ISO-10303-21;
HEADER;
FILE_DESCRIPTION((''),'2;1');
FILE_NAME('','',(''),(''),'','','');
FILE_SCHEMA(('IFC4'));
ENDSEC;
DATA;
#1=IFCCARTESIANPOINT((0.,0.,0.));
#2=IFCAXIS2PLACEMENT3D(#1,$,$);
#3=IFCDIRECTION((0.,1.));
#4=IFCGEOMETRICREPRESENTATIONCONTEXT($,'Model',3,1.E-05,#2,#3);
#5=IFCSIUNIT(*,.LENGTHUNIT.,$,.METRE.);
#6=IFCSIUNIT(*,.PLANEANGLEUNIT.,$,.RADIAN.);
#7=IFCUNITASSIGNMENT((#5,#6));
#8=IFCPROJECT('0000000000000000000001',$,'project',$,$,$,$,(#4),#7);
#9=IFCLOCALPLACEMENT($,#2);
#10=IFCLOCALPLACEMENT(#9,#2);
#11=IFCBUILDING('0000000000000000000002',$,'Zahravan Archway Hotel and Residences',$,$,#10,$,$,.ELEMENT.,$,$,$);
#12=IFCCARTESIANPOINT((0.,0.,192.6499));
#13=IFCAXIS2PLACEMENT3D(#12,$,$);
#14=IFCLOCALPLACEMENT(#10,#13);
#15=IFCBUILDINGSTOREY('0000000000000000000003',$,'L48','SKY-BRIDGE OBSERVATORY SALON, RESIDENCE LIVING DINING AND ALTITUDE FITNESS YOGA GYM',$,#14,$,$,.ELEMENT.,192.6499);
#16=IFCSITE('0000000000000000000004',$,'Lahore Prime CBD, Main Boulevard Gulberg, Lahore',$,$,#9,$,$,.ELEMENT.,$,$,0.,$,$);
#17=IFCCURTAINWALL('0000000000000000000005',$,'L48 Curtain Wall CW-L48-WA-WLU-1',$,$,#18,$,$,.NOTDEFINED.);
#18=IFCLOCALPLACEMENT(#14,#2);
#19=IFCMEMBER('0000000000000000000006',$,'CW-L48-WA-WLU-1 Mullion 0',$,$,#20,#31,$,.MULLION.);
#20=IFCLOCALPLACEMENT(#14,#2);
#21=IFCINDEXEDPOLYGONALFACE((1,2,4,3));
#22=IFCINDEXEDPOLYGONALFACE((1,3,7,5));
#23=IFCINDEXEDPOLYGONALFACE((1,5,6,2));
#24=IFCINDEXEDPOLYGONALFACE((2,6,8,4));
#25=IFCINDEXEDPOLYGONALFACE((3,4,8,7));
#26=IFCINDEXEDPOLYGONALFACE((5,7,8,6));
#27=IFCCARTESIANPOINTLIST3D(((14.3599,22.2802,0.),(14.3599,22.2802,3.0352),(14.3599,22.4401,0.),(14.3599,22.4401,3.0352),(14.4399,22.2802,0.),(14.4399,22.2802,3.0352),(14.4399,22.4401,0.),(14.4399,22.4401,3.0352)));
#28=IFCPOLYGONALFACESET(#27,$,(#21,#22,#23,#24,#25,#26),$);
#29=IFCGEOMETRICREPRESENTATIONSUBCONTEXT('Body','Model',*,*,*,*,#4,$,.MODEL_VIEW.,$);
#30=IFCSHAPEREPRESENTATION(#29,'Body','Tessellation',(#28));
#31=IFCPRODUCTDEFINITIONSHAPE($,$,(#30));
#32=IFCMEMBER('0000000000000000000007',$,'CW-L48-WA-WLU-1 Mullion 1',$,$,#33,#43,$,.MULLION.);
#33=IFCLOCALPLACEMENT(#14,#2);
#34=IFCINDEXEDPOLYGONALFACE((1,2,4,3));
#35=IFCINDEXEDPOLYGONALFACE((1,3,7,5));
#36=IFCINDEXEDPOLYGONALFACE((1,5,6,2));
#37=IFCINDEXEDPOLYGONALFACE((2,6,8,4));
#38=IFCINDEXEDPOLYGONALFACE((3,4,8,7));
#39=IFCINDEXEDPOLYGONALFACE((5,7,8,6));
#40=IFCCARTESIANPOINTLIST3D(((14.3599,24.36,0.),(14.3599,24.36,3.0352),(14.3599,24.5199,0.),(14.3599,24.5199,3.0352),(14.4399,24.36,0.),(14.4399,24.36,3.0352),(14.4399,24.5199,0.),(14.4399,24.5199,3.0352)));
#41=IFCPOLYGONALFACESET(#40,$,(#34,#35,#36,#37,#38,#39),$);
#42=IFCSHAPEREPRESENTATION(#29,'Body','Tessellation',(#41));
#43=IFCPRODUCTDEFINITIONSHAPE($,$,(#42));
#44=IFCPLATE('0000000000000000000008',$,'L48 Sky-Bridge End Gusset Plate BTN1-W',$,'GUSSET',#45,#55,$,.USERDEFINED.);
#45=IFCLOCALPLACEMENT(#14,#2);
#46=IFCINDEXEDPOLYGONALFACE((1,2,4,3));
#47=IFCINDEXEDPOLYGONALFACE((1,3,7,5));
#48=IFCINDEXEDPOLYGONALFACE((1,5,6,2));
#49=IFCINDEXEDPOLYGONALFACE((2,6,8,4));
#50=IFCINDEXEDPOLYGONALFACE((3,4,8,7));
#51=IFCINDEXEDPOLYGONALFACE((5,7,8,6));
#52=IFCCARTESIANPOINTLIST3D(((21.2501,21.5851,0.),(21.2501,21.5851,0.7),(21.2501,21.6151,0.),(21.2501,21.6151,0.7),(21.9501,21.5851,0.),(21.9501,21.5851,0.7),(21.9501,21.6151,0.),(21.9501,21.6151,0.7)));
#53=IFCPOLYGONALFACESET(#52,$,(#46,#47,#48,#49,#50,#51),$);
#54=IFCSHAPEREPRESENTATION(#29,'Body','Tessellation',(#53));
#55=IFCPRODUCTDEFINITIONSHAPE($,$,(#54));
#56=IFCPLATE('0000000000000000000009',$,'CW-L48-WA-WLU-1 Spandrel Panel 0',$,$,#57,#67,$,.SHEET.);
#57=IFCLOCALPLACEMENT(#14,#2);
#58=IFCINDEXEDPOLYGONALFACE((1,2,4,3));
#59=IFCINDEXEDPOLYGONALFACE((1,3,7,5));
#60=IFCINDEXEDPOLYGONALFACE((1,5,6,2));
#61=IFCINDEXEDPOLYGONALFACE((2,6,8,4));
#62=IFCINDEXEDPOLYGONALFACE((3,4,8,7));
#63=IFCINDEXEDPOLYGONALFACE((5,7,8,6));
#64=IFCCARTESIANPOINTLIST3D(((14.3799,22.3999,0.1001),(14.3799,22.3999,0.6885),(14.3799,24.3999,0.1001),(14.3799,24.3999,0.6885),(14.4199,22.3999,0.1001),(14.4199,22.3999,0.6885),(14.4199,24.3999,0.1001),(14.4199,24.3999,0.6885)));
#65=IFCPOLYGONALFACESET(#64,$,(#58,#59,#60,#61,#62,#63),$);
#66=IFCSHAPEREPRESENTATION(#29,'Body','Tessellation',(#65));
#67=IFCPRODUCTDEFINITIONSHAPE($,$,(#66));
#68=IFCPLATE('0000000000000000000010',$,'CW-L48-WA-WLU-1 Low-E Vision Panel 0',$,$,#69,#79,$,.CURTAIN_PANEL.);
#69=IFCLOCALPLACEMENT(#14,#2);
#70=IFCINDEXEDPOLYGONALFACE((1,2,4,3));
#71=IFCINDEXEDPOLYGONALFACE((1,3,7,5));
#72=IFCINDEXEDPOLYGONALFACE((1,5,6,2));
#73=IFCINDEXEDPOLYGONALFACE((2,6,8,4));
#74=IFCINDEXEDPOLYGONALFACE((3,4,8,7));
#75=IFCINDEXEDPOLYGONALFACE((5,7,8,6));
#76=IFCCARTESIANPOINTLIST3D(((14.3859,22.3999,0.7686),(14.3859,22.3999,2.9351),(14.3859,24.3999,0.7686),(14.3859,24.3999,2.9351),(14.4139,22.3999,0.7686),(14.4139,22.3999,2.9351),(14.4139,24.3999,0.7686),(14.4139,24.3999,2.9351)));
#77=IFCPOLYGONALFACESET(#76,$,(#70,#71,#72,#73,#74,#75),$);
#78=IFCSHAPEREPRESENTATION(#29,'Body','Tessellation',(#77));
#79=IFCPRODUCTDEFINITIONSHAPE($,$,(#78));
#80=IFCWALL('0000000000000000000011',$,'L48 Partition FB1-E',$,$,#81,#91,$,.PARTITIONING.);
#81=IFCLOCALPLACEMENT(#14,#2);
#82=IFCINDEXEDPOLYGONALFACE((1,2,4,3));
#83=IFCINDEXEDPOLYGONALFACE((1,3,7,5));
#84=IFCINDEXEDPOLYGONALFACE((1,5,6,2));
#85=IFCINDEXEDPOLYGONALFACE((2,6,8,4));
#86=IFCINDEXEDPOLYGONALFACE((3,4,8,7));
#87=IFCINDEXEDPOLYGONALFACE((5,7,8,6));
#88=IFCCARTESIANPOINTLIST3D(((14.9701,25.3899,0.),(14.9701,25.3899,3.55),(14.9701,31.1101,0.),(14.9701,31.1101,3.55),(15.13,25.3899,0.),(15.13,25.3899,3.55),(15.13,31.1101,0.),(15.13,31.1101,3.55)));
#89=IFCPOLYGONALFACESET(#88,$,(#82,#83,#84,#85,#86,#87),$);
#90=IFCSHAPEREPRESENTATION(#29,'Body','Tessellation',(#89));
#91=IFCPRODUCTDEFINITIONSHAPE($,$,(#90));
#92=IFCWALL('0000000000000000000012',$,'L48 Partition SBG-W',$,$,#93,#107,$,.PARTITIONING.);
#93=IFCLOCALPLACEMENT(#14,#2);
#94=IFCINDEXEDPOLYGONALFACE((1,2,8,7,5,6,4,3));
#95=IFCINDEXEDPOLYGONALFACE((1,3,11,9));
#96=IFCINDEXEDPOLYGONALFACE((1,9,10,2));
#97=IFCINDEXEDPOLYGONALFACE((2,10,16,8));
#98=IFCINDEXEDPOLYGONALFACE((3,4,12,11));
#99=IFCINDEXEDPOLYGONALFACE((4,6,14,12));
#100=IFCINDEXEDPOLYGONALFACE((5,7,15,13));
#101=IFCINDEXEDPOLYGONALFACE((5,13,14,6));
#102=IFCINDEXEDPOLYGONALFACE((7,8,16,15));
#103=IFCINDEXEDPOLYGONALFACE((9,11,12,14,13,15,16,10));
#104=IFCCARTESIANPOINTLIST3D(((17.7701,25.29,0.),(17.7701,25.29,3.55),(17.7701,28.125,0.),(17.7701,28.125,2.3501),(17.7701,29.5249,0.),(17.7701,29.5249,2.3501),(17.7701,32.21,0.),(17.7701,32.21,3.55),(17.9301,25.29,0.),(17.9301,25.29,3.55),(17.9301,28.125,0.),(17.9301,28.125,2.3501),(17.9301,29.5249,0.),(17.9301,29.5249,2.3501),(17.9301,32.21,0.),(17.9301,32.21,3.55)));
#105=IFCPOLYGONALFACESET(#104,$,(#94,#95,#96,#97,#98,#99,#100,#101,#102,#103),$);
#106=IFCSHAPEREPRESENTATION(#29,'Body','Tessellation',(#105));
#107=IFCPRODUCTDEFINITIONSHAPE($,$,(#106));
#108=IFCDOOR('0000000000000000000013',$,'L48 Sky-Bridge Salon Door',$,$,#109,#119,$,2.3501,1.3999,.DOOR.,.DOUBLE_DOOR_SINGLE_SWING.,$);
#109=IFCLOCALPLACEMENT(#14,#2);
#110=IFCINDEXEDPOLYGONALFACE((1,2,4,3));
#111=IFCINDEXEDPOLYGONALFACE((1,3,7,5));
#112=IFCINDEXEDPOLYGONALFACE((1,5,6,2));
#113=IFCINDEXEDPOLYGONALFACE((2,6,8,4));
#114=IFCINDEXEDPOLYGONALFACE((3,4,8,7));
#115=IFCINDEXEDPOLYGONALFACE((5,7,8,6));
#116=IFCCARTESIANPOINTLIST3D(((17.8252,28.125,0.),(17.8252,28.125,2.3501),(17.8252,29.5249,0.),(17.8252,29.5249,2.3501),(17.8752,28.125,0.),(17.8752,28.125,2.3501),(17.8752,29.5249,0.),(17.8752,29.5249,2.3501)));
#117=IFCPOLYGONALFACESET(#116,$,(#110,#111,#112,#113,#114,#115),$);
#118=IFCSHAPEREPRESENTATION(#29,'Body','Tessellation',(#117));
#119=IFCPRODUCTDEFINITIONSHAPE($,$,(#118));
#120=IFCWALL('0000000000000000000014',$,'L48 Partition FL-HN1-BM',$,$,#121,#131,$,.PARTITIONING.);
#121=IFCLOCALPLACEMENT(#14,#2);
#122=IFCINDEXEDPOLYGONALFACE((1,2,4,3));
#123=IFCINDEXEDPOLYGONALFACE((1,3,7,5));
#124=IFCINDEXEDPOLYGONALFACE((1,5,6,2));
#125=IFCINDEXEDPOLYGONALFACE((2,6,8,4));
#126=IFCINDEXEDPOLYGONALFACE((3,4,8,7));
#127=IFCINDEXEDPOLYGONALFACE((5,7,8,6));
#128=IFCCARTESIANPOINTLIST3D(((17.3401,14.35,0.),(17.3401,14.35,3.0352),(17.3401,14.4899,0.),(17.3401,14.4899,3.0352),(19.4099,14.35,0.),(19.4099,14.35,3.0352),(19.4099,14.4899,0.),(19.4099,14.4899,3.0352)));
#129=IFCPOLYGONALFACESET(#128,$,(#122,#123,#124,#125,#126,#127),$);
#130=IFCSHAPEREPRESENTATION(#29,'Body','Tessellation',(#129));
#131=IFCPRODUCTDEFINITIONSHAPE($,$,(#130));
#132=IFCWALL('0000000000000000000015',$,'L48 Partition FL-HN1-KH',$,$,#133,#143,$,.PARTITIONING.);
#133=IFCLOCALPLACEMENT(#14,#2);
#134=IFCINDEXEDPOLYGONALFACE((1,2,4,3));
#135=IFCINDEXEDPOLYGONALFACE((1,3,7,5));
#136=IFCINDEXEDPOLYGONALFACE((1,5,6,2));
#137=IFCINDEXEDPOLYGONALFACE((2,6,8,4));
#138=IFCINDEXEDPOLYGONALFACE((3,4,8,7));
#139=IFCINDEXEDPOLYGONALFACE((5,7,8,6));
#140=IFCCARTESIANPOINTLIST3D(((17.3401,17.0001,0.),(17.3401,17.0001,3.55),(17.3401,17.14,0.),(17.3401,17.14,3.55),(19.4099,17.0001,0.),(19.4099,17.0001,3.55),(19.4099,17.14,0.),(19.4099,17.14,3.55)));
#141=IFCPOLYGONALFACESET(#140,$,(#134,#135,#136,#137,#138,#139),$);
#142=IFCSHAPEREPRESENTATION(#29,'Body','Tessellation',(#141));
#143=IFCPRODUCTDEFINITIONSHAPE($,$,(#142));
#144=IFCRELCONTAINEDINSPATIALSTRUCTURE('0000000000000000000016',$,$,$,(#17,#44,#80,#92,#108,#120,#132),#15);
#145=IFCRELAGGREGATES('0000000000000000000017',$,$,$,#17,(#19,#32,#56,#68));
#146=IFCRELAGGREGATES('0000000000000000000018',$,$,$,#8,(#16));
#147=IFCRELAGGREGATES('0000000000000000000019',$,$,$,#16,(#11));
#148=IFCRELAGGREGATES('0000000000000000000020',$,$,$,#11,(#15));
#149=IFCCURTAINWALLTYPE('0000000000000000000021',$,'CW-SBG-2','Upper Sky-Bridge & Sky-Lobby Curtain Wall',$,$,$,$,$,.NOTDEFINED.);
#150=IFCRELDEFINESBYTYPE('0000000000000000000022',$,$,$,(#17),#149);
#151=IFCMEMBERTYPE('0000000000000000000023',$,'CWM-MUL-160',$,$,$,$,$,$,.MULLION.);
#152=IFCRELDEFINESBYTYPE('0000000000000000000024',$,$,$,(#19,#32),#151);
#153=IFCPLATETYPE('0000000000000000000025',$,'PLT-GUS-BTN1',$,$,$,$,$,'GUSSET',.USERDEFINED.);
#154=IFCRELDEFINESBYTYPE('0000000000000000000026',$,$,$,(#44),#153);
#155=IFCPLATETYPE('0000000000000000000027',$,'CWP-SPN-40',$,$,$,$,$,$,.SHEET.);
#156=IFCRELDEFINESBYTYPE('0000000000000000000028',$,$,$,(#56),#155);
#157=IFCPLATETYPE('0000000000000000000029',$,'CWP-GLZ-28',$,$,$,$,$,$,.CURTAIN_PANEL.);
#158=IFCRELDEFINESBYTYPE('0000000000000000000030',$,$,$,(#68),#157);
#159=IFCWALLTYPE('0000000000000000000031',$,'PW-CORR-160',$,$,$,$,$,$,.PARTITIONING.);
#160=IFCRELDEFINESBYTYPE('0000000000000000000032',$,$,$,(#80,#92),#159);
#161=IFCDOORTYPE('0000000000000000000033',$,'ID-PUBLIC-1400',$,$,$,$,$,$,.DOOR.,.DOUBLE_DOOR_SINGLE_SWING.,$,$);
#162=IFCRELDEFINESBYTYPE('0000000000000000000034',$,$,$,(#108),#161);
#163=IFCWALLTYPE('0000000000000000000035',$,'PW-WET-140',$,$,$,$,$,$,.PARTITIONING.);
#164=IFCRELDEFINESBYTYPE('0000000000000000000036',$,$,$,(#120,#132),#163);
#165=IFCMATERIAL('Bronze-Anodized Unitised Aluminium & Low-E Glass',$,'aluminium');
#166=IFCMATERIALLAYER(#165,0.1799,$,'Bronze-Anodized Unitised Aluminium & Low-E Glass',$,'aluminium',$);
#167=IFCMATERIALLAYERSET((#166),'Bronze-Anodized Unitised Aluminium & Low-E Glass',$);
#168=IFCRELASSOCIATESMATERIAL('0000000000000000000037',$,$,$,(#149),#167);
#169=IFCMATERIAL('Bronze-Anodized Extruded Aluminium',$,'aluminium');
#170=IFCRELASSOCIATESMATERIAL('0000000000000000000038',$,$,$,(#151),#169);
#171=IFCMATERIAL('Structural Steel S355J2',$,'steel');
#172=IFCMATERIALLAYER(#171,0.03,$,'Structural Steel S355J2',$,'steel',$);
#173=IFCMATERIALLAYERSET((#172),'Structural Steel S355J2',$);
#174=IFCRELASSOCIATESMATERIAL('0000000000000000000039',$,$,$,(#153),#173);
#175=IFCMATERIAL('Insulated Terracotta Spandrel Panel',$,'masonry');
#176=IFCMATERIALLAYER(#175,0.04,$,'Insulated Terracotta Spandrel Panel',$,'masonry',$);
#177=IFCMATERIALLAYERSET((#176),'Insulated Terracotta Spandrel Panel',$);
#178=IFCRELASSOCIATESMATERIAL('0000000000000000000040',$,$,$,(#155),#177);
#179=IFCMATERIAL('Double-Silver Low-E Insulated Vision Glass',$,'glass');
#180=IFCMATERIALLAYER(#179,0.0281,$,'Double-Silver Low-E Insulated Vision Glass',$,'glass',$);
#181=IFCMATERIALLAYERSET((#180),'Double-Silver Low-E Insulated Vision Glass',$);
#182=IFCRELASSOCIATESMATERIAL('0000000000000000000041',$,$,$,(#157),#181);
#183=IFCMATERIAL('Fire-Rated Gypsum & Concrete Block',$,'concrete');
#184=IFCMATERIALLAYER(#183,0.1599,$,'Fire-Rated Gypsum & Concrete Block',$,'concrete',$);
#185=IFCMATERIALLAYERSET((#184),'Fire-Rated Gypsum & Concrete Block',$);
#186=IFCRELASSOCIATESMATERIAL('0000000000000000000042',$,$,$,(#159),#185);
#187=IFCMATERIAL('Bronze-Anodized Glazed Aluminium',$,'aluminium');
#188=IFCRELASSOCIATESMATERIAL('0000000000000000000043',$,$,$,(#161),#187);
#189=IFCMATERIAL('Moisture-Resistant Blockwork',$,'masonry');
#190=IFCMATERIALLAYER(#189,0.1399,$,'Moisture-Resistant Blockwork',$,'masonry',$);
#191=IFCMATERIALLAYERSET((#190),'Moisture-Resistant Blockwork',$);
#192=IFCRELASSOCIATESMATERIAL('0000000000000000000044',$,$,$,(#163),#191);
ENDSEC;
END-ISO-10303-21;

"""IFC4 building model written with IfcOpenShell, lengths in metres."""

from ifc_helpers import new_model, si_unit, direction, frame, frame_2d, origin, origin_2d, place, context, subcontext, project, spatial, rectangle, extrude, source, transform, mapped, material, layer, layer_set, material_profile, profile_set, type_object, type_shapes, element, fill, aggregate, save


model = new_model("IFC4")

# Units and contexts
model_context = context("Model", 3, precision=1e-05, world=origin(), true_north=direction((0.0, 1.0)))
body_context = subcontext(model_context, "Body", "Model", "MODEL_VIEW")
ifc_project = project(units=[si_unit("LENGTHUNIT", "METRE"), si_unit("PLANEANGLEUNIT", "RADIAN")], contexts=[model_context])

# Site, building, storey
site_placement = place(None, origin())
site = spatial("IfcSite", under=ifc_project, at=site_placement, Name="Lahore Prime CBD, Main Boulevard Gulberg, Lahore", CompositionType="ELEMENT", RefElevation=0.0)
building_placement = place(site_placement, origin())
building = spatial("IfcBuilding", under=site, at=building_placement, Name="Zahravan Archway Hotel and Residences", CompositionType="ELEMENT")
storey_placement = place(building_placement, frame((0.0, 0.0, 192.6499)))
storey = spatial("IfcBuildingStorey", under=building, at=storey_placement, Name="L48", Description="SKY-BRIDGE OBSERVATORY SALON, RESIDENCE LIVING DINING AND ALTITUDE FITNESS YOGA GYM", CompositionType="ELEMENT", Elevation=192.6499)

# Shared definitions
ifc_material_1 = material(Name="Structural Steel S355J2", Category="steel")

# Curtain wall, members
ifc_material_2 = material(Name="Bronze-Anodized Unitised Aluminium & Low-E Glass", Category="aluminium")
ifc_layer_1 = layer(ifc_material_2, 0.1799, Name="Bronze-Anodized Unitised Aluminium & Low-E Glass", Category="aluminium")
ifc_layer_set_1 = layer_set([ifc_layer_1], Name="Bronze-Anodized Unitised Aluminium & Low-E Glass")
curtain_wall_type = type_object("IfcCurtainWallType", Name="CW-SBG-2", Description="Upper Sky-Bridge & Sky-Lobby Curtain Wall", PredefinedType="NOTDEFINED", material=ifc_layer_set_1)
curtain_wall_placement = place(storey_placement, origin())
curtain_wall = element("IfcCurtainWall", 1, at=curtain_wall_placement, inside=storey, type_object=curtain_wall_type, Name="L48 Curtain Wall CW-L48-WA-WLU-1", PredefinedType="NOTDEFINED")
ifc_material_3 = material(Name="Bronze-Anodized Extruded Aluminium", Category="aluminium")
ifc_material_profile_1 = material_profile(ifc_material_3, rectangle(XDim=0.0801, YDim=0.1599, at=origin_2d()), Name="MUL 80x160", Category="aluminium")
ifc_profile_set_1 = profile_set([ifc_material_profile_1], Name="Bronze-Anodized Extruded Aluminium")
member_type_1 = type_object("IfcMemberType", Name="CWM-MUL-160", PredefinedType="MULLION", material=ifc_profile_set_1)
shared_shape_1 = source(origin(), body_context, "Body", "SweptSolid", [
    extrude(rectangle(XDim=0.0801, YDim=0.1599, at=origin_2d()), origin(), (0.0, 0.0, 1.0), 3.0352),
])
member_1_placement = place(storey_placement, frame((14.3999, 22.3601, 0.0), z_axis=(0.0, 0.0, 1.0), x_axis=(1.0, 0.0, 0.0)))
member_1 = element("IfcMember", 2, at=member_1_placement, type_object=member_type_1, Name="CW-L48-WA-WLU-1 Mullion 0", PredefinedType="MULLION", context=body_context, shape_type="MappedRepresentation", body=[
    mapped(shared_shape_1, transform((0.0, 0.0, 0.0), scale=1.0)),
])
member_2_placement = place(storey_placement, frame((14.3999, 24.4399, 0.0), z_axis=(0.0, 0.0, 1.0), x_axis=(1.0, 0.0, 0.0)))
member_2 = element("IfcMember", 3, at=member_2_placement, type_object=member_type_1, Name="CW-L48-WA-WLU-1 Mullion 1", PredefinedType="MULLION", context=body_context, shape_type="MappedRepresentation", body=[
    mapped(shared_shape_1, transform((0.0, 0.0, 0.0), scale=1.0)),
])

# Plates
ifc_layer_2 = layer(ifc_material_1, 0.03, Name="Structural Steel S355J2", Category="steel")
ifc_layer_set_2 = layer_set([ifc_layer_2], Name="Structural Steel S355J2")
plate_type_1 = type_object("IfcPlateType", Name="PLT-GUS-BTN1", ElementType="GUSSET", PredefinedType="USERDEFINED", material=ifc_layer_set_2)
shared_shape_2 = source(origin(), body_context, "Body", "SweptSolid", [
    extrude(rectangle(XDim=0.7, YDim=0.03, at=origin_2d()), origin(), (0.0, 0.0, 1.0), 0.7),
])
type_shapes(plate_type_1, [shared_shape_2])
plate_1_placement = place(storey_placement, frame((21.6001, 21.6001, 0.0), z_axis=(0.0, 0.0, 1.0), x_axis=(1.0, 0.0, 0.0)))
element("IfcPlate", 4, at=plate_1_placement, inside=storey, type_object=plate_type_1, Name="L48 Sky-Bridge End Gusset Plate BTN1-W", ObjectType="GUSSET", PredefinedType="USERDEFINED", context=body_context, shape_type="MappedRepresentation", body=[
    mapped(shared_shape_2, transform((0.0, 0.0, 0.0), scale=1.0)),
])
ifc_material_4 = material(Name="Insulated Terracotta Spandrel Panel", Category="masonry")
ifc_layer_3 = layer(ifc_material_4, 0.04, Name="Insulated Terracotta Spandrel Panel", Category="masonry")
ifc_layer_set_3 = layer_set([ifc_layer_3], Name="Insulated Terracotta Spandrel Panel")
plate_type_2 = type_object("IfcPlateType", Name="CWP-SPN-40", PredefinedType="SHEET", material=ifc_layer_set_3)
shared_shape_3 = source(origin(), body_context, "Body", "SweptSolid", [
    extrude(rectangle(XDim=2.0, YDim=0.04, at=origin_2d()), origin(), (0.0, 0.0, 1.0), 0.5884),
])
plate_2_placement = place(storey_placement, frame((14.3999, 23.3999, 0.1001), z_axis=(0.0, 0.0, 1.0), x_axis=(0.0, 1.0, 0.0)))
plate_2 = element("IfcPlate", 5, at=plate_2_placement, type_object=plate_type_2, Name="CW-L48-WA-WLU-1 Spandrel Panel 0", PredefinedType="SHEET", context=body_context, shape_type="MappedRepresentation", body=[
    mapped(shared_shape_3, transform((0.0, 0.0, 0.0), scale=1.0)),
])
ifc_material_5 = material(Name="Double-Silver Low-E Insulated Vision Glass", Category="glass")
ifc_layer_4 = layer(ifc_material_5, 0.0281, Name="Double-Silver Low-E Insulated Vision Glass", Category="glass")
ifc_layer_set_4 = layer_set([ifc_layer_4], Name="Double-Silver Low-E Insulated Vision Glass")
plate_type_3 = type_object("IfcPlateType", Name="CWP-GLZ-28", PredefinedType="CURTAIN_PANEL", material=ifc_layer_set_4)
shared_shape_4 = source(origin(), body_context, "Body", "SweptSolid", [
    extrude(rectangle(XDim=2.0, YDim=0.0281, at=origin_2d()), origin(), (0.0, 0.0, 1.0), 2.1665),
])
plate_3_placement = place(storey_placement, frame((14.3999, 23.3999, 0.7686), z_axis=(0.0, 0.0, 1.0), x_axis=(0.0, 1.0, 0.0)))
plate_3 = element("IfcPlate", 6, at=plate_3_placement, type_object=plate_type_3, Name="CW-L48-WA-WLU-1 Low-E Vision Panel 0", PredefinedType="CURTAIN_PANEL", context=body_context, shape_type="MappedRepresentation", body=[
    mapped(shared_shape_4, transform((0.0, 0.0, 0.0), scale=1.0)),
])
aggregate(curtain_wall, [member_1, member_2, plate_2, plate_3])

# Wall
ifc_material_6 = material(Name="Fire-Rated Gypsum & Concrete Block", Category="concrete")
ifc_layer_5 = layer(ifc_material_6, 0.1599, Name="Fire-Rated Gypsum & Concrete Block", Category="concrete")
ifc_layer_set_5 = layer_set([ifc_layer_5], Name="Fire-Rated Gypsum & Concrete Block")
wall_type_1 = type_object("IfcWallType", Name="PW-CORR-160", PredefinedType="PARTITIONING", material=ifc_layer_set_5)
wall_1_placement = place(storey_placement, frame((15.05, 25.3899, 0.0), z_axis=(0.0, 0.0, 1.0), x_axis=(0.0, 1.0, 0.0)))
element("IfcWall", 7, at=wall_1_placement, inside=storey, type_object=wall_type_1, Name="L48 Partition FB1-E", PredefinedType="PARTITIONING", context=body_context, shape_type="SweptSolid", body=[
    extrude(rectangle(XDim=5.7202, YDim=0.1599, at=frame_2d((2.8601, 0.0))), origin(), (0.0, 0.0, 1.0), 3.55),
])

# Wall, opening, door
wall_2_placement = place(storey_placement, frame((17.8501, 25.29, 0.0), z_axis=(0.0, 0.0, 1.0), x_axis=(0.0, 1.0, 0.0)))
wall_2 = element("IfcWall", 8, at=wall_2_placement, inside=storey, type_object=wall_type_1, Name="L48 Partition SBG-W", PredefinedType="PARTITIONING", context=body_context, shape_type="SweptSolid", body=[
    extrude(rectangle(XDim=6.9199, YDim=0.1599, at=frame_2d((3.46, 0.0))), origin(), (0.0, 0.0, 1.0), 3.55),
])
opening_placement = place(wall_2_placement, frame((2.835, 0.0, 0.0)))
opening = element("IfcOpeningElement", 9, at=opening_placement, cuts=wall_2, PredefinedType="OPENING", context=body_context, shape_type="SweptSolid", body=[
    extrude(rectangle(XDim=1.3999, YDim=2.3501, at=frame_2d((0.7, 1.175))), frame((0.0, 0.0898, 0.0), z_axis=(0.0, -1.0, 0.0), x_axis=(1.0, 0.0, 0.0)), (0.0, 0.0, 1.0), 0.1799),
])
ifc_material_7 = material(Name="Bronze-Anodized Glazed Aluminium", Category="aluminium")
door_type = type_object("IfcDoorType", Name="ID-PUBLIC-1400", OperationType="DOUBLE_DOOR_SINGLE_SWING", PredefinedType="DOOR", material=ifc_material_7)
shared_shape_5 = source(origin(), body_context, "Body", "SweptSolid", [
    extrude(rectangle(XDim=1.3999, YDim=2.3501, at=frame_2d((0.7, 1.175))), frame((0.0, 0.0249, 0.0), z_axis=(0.0, -1.0, 0.0), x_axis=(1.0, 0.0, 0.0)), (0.0, 0.0, 1.0), 0.05),
])
type_shapes(door_type, [shared_shape_5])
door_placement = place(opening_placement, origin())
door = element("IfcDoor", 10, at=door_placement, inside=storey, type_object=door_type, Name="L48 Sky-Bridge Salon Door", OperationType="DOUBLE_DOOR_SINGLE_SWING", OverallHeight=2.3501, OverallWidth=1.3999, PredefinedType="DOOR", context=body_context, shape_type="MappedRepresentation", body=[
    mapped(shared_shape_5, transform((0.0, 0.0, 0.0), scale=1.0)),
])
fill(opening, door)

# Walls
ifc_material_8 = material(Name="Moisture-Resistant Blockwork", Category="masonry")
ifc_layer_6 = layer(ifc_material_8, 0.1399, Name="Moisture-Resistant Blockwork", Category="masonry")
ifc_layer_set_6 = layer_set([ifc_layer_6], Name="Moisture-Resistant Blockwork")
wall_type_2 = type_object("IfcWallType", Name="PW-WET-140", PredefinedType="PARTITIONING", material=ifc_layer_set_6)
wall_3_placement = place(storey_placement, frame((17.3401, 14.4199, 0.0), z_axis=(0.0, 0.0, 1.0), x_axis=(1.0, 0.0, 0.0)))
element("IfcWall", 11, at=wall_3_placement, inside=storey, type_object=wall_type_2, Name="L48 Partition FL-HN1-BM", PredefinedType="PARTITIONING", context=body_context, shape_type="SweptSolid", body=[
    extrude(rectangle(XDim=2.0698, YDim=0.1399, at=frame_2d((1.0349, 0.0))), origin(), (0.0, 0.0, 1.0), 3.0352),
])
wall_4_placement = place(storey_placement, frame((17.3401, 17.0701, 0.0), z_axis=(0.0, 0.0, 1.0), x_axis=(1.0, 0.0, 0.0)))
element("IfcWall", 12, at=wall_4_placement, inside=storey, type_object=wall_type_2, Name="L48 Partition FL-HN1-KH", PredefinedType="PARTITIONING", context=body_context, shape_type="SweptSolid", body=[
    extrude(rectangle(XDim=2.0698, YDim=0.1399, at=frame_2d((1.0349, 0.0))), origin(), (0.0, 0.0, 1.0), 3.55),
])

save(model, "model.ifc")
